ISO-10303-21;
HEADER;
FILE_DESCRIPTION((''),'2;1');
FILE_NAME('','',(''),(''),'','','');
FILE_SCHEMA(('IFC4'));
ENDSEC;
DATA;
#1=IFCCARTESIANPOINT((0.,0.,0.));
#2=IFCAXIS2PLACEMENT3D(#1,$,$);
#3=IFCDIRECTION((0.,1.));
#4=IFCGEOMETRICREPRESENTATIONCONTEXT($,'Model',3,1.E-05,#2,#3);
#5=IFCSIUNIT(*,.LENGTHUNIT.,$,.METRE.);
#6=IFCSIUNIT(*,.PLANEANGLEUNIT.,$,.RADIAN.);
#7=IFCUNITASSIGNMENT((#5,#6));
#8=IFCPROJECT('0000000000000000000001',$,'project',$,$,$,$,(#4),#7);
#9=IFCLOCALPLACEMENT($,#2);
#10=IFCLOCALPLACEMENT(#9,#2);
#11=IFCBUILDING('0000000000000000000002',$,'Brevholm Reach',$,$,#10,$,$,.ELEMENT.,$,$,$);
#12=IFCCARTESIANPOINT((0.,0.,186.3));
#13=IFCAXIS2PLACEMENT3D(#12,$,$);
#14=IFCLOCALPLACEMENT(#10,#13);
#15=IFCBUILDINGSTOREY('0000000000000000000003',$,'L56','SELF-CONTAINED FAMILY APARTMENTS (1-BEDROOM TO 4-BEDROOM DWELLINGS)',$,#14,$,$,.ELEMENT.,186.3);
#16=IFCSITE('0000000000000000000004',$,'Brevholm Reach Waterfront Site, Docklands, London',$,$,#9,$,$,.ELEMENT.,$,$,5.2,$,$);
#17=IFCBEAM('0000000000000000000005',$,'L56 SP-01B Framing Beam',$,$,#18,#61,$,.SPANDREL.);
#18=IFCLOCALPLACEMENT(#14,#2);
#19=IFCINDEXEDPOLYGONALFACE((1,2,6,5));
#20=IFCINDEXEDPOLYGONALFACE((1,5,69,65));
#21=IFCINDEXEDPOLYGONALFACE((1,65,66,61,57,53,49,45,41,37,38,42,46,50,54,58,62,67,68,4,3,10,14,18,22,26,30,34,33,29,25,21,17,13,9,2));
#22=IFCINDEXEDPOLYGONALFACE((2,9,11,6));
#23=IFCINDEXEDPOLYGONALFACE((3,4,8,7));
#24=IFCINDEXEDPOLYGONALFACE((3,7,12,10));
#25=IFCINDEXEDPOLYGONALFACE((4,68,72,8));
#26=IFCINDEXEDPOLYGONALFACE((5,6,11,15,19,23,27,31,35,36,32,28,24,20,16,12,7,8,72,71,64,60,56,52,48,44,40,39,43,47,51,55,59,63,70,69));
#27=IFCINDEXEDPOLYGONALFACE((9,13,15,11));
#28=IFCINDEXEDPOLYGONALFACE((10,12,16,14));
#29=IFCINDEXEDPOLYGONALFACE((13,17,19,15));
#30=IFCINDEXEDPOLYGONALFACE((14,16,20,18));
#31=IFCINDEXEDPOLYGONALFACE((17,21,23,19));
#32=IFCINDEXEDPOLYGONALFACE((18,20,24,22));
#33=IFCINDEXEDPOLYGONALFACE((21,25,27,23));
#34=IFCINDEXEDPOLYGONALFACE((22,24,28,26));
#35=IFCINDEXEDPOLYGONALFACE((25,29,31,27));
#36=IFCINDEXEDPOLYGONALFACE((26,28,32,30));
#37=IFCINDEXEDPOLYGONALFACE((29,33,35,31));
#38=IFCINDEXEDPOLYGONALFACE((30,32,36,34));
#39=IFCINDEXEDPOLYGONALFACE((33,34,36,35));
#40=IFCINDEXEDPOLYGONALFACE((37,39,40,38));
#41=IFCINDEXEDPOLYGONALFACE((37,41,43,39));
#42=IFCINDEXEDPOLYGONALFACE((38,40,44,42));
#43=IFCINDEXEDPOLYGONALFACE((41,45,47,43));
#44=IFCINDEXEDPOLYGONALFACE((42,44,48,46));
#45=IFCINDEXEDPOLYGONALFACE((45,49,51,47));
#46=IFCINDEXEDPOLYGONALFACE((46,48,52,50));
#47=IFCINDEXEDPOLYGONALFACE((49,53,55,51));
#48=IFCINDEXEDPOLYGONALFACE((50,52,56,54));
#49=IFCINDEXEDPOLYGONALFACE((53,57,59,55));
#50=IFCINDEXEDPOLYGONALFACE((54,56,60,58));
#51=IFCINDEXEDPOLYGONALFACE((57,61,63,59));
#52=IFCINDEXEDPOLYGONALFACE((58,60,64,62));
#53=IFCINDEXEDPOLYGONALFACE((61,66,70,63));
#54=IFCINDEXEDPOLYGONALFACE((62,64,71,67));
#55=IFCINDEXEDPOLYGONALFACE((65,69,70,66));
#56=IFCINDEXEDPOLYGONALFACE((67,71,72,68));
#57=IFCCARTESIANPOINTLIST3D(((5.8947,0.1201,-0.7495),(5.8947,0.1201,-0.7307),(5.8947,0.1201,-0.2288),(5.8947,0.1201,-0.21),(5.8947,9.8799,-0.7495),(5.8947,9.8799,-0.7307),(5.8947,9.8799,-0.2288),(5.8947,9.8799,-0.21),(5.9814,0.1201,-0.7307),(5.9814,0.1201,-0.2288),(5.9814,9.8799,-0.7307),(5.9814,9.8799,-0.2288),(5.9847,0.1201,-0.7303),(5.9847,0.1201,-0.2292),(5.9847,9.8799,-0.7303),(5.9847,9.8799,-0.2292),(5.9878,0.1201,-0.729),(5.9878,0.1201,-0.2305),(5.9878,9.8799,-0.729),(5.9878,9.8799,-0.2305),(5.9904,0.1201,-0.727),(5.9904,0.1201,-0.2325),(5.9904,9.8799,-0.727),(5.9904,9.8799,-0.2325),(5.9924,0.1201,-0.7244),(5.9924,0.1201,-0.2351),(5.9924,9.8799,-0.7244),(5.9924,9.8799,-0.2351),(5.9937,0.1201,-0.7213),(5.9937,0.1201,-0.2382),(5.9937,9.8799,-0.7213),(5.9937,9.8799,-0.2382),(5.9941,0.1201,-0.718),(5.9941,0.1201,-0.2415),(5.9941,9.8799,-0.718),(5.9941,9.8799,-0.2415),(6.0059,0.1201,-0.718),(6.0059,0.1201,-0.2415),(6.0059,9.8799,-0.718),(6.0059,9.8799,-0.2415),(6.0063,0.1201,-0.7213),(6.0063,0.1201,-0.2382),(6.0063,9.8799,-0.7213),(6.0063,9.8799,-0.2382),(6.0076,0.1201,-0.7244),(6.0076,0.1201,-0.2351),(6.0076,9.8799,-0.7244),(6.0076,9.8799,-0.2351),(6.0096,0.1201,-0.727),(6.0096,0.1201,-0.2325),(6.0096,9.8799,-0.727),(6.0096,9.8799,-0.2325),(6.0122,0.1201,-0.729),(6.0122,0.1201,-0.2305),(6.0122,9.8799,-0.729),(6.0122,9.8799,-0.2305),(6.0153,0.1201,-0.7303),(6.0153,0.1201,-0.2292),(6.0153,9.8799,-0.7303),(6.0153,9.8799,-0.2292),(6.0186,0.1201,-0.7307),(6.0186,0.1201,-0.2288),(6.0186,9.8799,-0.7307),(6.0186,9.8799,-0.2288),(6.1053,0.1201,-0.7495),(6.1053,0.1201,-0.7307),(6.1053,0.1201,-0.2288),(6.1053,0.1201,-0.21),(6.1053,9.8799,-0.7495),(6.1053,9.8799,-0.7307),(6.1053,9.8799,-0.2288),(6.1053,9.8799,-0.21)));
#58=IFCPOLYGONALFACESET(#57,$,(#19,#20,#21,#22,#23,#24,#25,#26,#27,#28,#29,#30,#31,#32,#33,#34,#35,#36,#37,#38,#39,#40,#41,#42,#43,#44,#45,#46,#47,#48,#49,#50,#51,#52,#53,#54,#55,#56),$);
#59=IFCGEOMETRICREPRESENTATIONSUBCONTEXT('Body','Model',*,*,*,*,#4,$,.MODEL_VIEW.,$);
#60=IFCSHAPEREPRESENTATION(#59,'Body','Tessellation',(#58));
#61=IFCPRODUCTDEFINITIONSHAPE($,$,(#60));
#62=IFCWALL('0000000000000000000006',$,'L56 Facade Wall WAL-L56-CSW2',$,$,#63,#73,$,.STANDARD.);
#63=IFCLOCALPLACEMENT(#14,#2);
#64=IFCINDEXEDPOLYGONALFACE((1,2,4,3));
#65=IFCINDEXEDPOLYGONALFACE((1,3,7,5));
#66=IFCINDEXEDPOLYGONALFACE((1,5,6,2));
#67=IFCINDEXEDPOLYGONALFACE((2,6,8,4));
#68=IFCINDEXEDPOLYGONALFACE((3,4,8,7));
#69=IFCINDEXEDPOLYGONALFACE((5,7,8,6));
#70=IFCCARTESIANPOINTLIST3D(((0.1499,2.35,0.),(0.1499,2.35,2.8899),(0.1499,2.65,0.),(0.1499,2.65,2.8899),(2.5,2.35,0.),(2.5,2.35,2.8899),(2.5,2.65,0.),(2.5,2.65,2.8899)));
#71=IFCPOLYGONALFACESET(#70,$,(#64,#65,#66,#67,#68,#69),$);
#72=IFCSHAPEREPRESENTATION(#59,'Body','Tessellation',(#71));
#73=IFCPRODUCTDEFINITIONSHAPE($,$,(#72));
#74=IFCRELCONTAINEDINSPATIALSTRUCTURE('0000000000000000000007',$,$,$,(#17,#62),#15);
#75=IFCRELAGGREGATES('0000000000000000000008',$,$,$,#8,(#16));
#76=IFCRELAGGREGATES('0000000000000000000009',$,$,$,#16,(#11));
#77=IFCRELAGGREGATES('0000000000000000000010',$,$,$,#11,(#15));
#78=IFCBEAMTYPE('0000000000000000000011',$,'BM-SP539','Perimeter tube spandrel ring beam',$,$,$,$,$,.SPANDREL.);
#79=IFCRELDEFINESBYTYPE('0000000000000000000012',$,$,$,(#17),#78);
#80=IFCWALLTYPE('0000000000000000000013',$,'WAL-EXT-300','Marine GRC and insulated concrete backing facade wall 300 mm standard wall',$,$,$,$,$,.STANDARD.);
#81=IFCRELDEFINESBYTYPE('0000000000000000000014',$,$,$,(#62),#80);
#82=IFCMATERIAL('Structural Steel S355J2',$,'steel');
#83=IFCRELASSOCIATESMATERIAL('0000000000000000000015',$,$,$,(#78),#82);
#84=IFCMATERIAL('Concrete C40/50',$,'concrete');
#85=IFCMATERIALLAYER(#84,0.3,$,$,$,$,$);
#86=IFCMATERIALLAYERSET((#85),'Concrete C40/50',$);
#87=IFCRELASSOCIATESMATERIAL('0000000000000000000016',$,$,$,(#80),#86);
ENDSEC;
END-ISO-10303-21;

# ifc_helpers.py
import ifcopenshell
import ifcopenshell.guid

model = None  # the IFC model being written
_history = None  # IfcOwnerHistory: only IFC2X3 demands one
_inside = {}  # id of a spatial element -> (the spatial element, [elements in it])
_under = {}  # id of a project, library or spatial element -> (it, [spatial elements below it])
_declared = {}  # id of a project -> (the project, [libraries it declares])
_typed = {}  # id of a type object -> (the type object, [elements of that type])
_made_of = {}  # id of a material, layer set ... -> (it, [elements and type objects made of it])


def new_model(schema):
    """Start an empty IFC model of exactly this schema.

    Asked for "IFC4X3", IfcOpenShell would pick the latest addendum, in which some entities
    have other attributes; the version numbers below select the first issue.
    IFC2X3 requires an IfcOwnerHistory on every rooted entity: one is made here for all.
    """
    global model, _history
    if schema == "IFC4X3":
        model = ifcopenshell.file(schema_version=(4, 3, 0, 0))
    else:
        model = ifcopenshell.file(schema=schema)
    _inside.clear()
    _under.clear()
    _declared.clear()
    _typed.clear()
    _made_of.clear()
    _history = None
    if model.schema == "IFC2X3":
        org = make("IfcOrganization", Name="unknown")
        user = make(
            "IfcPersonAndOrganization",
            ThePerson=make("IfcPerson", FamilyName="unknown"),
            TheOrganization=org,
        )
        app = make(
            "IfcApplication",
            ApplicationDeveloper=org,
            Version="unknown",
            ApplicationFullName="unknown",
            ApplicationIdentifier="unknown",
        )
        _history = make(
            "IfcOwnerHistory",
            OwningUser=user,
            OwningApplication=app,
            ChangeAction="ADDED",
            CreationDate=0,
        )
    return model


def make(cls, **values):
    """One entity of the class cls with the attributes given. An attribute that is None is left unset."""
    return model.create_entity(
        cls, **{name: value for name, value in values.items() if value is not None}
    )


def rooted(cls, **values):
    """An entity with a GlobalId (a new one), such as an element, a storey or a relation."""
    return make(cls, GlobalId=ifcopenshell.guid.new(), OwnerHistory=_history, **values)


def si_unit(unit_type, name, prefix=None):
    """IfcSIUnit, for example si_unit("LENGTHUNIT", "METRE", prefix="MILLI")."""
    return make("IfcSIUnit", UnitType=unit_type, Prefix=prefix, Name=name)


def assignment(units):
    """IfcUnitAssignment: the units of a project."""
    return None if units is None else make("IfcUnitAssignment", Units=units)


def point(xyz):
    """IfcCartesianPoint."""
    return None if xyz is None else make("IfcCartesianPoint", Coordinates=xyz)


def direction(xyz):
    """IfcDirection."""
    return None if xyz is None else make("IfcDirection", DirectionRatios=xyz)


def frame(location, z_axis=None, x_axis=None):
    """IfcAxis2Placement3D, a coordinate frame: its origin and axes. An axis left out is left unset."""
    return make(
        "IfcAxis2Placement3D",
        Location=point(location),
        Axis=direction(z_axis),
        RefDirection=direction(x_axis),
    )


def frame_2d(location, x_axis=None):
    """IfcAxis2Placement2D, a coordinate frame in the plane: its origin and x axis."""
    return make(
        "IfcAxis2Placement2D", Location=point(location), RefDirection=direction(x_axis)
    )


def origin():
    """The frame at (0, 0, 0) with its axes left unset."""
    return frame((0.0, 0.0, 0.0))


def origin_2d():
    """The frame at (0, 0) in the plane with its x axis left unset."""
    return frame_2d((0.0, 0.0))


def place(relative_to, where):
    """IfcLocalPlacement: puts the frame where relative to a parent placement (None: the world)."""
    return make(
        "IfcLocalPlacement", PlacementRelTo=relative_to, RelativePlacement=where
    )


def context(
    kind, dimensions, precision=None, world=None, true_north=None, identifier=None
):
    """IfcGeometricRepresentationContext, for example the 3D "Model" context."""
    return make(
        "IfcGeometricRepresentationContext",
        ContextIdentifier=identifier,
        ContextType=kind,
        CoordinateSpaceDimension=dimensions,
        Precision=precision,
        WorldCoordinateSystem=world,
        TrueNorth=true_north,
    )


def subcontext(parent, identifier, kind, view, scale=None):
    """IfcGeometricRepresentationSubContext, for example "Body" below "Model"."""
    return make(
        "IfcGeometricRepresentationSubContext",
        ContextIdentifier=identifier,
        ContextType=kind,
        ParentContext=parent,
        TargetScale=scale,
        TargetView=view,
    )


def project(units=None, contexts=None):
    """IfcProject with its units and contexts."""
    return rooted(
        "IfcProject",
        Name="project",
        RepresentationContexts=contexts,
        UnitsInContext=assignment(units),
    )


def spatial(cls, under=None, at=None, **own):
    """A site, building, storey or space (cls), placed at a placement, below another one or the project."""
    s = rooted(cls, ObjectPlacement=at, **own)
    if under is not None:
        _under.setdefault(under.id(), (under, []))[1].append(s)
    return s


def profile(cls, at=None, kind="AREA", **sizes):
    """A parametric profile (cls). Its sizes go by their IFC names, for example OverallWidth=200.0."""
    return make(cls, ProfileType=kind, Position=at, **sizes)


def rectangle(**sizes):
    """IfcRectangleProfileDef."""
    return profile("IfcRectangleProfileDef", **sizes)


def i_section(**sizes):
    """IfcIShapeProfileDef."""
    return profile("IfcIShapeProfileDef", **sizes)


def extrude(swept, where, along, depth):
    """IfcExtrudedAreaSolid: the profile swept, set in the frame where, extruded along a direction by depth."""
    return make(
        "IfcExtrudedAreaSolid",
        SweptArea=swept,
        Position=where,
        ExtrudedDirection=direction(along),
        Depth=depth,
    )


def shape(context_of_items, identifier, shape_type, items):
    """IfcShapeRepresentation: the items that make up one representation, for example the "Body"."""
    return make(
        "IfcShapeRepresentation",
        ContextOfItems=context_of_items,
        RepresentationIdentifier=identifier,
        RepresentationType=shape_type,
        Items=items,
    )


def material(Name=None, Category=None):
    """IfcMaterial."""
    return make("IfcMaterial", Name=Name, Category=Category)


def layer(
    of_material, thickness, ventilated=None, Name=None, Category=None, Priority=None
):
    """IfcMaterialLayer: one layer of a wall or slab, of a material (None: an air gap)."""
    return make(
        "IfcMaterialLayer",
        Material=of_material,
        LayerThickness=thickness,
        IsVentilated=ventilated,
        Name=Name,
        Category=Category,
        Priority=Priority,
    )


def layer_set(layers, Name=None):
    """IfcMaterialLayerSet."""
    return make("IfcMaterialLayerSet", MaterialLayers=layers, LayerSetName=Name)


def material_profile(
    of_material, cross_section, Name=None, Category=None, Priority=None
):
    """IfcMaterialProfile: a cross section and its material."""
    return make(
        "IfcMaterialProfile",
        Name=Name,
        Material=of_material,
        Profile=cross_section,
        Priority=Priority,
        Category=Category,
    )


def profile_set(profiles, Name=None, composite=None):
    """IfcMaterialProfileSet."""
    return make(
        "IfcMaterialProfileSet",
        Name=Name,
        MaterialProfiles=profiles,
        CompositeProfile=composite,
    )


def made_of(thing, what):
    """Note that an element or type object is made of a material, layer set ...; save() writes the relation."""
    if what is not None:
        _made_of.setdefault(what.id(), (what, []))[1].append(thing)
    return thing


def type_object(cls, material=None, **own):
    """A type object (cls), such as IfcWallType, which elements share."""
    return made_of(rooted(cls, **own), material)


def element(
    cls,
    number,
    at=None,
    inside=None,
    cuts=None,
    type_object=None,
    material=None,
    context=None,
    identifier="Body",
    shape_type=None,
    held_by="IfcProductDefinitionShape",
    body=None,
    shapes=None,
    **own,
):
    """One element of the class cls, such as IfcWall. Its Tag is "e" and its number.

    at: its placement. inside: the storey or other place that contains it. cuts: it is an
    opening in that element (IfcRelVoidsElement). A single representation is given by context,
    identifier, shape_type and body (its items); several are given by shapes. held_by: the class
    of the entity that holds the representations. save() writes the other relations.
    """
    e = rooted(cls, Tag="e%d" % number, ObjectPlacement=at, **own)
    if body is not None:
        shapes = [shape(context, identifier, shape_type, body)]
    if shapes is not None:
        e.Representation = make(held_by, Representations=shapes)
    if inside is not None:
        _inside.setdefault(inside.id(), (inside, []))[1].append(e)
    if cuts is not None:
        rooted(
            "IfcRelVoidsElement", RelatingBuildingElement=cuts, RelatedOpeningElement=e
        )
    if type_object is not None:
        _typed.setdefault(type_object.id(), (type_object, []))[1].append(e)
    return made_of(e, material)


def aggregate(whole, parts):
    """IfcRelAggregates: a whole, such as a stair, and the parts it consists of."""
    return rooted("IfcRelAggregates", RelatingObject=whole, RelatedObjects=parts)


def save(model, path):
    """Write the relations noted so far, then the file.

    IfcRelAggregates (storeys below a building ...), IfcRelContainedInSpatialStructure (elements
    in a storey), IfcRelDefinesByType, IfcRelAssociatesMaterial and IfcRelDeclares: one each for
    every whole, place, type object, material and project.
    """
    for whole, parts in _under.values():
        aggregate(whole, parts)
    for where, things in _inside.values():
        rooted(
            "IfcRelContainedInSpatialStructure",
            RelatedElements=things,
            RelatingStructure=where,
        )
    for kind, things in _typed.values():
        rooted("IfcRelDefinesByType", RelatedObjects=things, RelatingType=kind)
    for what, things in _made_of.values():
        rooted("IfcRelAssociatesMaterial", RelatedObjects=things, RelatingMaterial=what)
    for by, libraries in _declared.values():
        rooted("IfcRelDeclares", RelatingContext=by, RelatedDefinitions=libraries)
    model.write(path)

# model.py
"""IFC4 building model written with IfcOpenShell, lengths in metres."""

from ifc_helpers import new_model, si_unit, direction, frame, frame_2d, origin, origin_2d, place, context, subcontext, project, spatial, rectangle, i_section, extrude, material, layer, layer_set, material_profile, profile_set, type_object, element, save


model = new_model("IFC4")

# Units and contexts
model_context = context("Model", 3, precision=1e-05, world=origin(), true_north=direction((0.0, 1.0)))
body_context = subcontext(model_context, "Body", "Model", "MODEL_VIEW")
ifc_project = project(units=[si_unit("LENGTHUNIT", "METRE"), si_unit("PLANEANGLEUNIT", "RADIAN")], contexts=[model_context])

# Site, building, storey
site_placement = place(None, origin())
site = spatial("IfcSite", under=ifc_project, at=site_placement, Name="Brevholm Reach Waterfront Site, Docklands, London", CompositionType="ELEMENT", RefElevation=5.2)
building_placement = place(site_placement, origin())
building = spatial("IfcBuilding", under=site, at=building_placement, Name="Brevholm Reach", CompositionType="ELEMENT")
storey_placement = place(building_placement, frame((0.0, 0.0, 186.3)))
storey = spatial("IfcBuildingStorey", under=building, at=storey_placement, Name="L56", Description="SELF-CONTAINED FAMILY APARTMENTS (1-BEDROOM TO 4-BEDROOM DWELLINGS)", CompositionType="ELEMENT", Elevation=186.3)

# Beam
ifc_material_1 = material(Name="Structural Steel S355J2", Category="steel")
ifc_material_profile_1 = material_profile(ifc_material_1, i_section(OverallWidth=0.2107, OverallDepth=0.5396, WebThickness=0.0117, FlangeThickness=0.0188, FilletRadius=0.0127, at=origin_2d()), Name="UKB 533x210x109")
ifc_profile_set_1 = profile_set([ifc_material_profile_1], Name="Structural Steel S355J2")
beam_type_1 = type_object("IfcBeamType", Name="BM-SP539", Description="Perimeter tube spandrel ring beam", PredefinedType="SPANDREL", material=ifc_profile_set_1)
beam_1_placement = place(storey_placement, frame((6.0, 0.1201, -0.4797), z_axis=(0.0, 1.0, 0.0), x_axis=(-1.0, 0.0, 0.0)))
element("IfcBeam", 1, at=beam_1_placement, inside=storey, type_object=beam_type_1, Name="L56 SP-01B Framing Beam", PredefinedType="SPANDREL", context=body_context, shape_type="SweptSolid", body=[
    extrude(i_section(OverallWidth=0.2107, OverallDepth=0.5396, WebThickness=0.0117, FlangeThickness=0.0188, FilletRadius=0.0127, at=origin_2d()), origin(), (0.0, 0.0, 1.0), 9.7598),
])

# Wall
ifc_material_2 = material(Name="Concrete C40/50", Category="concrete")
ifc_layer_1 = layer(ifc_material_2, 0.3)
ifc_layer_set_1 = layer_set([ifc_layer_1], Name="Concrete C40/50")
wall_type_1 = type_object("IfcWallType", Name="WAL-EXT-300", Description="Marine GRC and insulated concrete backing facade wall 300 mm standard wall", PredefinedType="STANDARD", material=ifc_layer_set_1)
wall_1_placement = place(storey_placement, frame((0.1499, 2.5, 0.0), z_axis=(0.0, 0.0, 1.0), x_axis=(1.0, 0.0, 0.0)))
element("IfcWall", 2, at=wall_1_placement, inside=storey, type_object=wall_type_1, Name="L56 Facade Wall WAL-L56-CSW2", PredefinedType="STANDARD", context=body_context, shape_type="SweptSolid", body=[
    extrude(rectangle(XDim=2.3501, YDim=0.3, at=frame_2d((1.175, 0.0))), origin(), (0.0, 0.0, 1.0), 2.8899),
])

save(model, "model.ifc")
